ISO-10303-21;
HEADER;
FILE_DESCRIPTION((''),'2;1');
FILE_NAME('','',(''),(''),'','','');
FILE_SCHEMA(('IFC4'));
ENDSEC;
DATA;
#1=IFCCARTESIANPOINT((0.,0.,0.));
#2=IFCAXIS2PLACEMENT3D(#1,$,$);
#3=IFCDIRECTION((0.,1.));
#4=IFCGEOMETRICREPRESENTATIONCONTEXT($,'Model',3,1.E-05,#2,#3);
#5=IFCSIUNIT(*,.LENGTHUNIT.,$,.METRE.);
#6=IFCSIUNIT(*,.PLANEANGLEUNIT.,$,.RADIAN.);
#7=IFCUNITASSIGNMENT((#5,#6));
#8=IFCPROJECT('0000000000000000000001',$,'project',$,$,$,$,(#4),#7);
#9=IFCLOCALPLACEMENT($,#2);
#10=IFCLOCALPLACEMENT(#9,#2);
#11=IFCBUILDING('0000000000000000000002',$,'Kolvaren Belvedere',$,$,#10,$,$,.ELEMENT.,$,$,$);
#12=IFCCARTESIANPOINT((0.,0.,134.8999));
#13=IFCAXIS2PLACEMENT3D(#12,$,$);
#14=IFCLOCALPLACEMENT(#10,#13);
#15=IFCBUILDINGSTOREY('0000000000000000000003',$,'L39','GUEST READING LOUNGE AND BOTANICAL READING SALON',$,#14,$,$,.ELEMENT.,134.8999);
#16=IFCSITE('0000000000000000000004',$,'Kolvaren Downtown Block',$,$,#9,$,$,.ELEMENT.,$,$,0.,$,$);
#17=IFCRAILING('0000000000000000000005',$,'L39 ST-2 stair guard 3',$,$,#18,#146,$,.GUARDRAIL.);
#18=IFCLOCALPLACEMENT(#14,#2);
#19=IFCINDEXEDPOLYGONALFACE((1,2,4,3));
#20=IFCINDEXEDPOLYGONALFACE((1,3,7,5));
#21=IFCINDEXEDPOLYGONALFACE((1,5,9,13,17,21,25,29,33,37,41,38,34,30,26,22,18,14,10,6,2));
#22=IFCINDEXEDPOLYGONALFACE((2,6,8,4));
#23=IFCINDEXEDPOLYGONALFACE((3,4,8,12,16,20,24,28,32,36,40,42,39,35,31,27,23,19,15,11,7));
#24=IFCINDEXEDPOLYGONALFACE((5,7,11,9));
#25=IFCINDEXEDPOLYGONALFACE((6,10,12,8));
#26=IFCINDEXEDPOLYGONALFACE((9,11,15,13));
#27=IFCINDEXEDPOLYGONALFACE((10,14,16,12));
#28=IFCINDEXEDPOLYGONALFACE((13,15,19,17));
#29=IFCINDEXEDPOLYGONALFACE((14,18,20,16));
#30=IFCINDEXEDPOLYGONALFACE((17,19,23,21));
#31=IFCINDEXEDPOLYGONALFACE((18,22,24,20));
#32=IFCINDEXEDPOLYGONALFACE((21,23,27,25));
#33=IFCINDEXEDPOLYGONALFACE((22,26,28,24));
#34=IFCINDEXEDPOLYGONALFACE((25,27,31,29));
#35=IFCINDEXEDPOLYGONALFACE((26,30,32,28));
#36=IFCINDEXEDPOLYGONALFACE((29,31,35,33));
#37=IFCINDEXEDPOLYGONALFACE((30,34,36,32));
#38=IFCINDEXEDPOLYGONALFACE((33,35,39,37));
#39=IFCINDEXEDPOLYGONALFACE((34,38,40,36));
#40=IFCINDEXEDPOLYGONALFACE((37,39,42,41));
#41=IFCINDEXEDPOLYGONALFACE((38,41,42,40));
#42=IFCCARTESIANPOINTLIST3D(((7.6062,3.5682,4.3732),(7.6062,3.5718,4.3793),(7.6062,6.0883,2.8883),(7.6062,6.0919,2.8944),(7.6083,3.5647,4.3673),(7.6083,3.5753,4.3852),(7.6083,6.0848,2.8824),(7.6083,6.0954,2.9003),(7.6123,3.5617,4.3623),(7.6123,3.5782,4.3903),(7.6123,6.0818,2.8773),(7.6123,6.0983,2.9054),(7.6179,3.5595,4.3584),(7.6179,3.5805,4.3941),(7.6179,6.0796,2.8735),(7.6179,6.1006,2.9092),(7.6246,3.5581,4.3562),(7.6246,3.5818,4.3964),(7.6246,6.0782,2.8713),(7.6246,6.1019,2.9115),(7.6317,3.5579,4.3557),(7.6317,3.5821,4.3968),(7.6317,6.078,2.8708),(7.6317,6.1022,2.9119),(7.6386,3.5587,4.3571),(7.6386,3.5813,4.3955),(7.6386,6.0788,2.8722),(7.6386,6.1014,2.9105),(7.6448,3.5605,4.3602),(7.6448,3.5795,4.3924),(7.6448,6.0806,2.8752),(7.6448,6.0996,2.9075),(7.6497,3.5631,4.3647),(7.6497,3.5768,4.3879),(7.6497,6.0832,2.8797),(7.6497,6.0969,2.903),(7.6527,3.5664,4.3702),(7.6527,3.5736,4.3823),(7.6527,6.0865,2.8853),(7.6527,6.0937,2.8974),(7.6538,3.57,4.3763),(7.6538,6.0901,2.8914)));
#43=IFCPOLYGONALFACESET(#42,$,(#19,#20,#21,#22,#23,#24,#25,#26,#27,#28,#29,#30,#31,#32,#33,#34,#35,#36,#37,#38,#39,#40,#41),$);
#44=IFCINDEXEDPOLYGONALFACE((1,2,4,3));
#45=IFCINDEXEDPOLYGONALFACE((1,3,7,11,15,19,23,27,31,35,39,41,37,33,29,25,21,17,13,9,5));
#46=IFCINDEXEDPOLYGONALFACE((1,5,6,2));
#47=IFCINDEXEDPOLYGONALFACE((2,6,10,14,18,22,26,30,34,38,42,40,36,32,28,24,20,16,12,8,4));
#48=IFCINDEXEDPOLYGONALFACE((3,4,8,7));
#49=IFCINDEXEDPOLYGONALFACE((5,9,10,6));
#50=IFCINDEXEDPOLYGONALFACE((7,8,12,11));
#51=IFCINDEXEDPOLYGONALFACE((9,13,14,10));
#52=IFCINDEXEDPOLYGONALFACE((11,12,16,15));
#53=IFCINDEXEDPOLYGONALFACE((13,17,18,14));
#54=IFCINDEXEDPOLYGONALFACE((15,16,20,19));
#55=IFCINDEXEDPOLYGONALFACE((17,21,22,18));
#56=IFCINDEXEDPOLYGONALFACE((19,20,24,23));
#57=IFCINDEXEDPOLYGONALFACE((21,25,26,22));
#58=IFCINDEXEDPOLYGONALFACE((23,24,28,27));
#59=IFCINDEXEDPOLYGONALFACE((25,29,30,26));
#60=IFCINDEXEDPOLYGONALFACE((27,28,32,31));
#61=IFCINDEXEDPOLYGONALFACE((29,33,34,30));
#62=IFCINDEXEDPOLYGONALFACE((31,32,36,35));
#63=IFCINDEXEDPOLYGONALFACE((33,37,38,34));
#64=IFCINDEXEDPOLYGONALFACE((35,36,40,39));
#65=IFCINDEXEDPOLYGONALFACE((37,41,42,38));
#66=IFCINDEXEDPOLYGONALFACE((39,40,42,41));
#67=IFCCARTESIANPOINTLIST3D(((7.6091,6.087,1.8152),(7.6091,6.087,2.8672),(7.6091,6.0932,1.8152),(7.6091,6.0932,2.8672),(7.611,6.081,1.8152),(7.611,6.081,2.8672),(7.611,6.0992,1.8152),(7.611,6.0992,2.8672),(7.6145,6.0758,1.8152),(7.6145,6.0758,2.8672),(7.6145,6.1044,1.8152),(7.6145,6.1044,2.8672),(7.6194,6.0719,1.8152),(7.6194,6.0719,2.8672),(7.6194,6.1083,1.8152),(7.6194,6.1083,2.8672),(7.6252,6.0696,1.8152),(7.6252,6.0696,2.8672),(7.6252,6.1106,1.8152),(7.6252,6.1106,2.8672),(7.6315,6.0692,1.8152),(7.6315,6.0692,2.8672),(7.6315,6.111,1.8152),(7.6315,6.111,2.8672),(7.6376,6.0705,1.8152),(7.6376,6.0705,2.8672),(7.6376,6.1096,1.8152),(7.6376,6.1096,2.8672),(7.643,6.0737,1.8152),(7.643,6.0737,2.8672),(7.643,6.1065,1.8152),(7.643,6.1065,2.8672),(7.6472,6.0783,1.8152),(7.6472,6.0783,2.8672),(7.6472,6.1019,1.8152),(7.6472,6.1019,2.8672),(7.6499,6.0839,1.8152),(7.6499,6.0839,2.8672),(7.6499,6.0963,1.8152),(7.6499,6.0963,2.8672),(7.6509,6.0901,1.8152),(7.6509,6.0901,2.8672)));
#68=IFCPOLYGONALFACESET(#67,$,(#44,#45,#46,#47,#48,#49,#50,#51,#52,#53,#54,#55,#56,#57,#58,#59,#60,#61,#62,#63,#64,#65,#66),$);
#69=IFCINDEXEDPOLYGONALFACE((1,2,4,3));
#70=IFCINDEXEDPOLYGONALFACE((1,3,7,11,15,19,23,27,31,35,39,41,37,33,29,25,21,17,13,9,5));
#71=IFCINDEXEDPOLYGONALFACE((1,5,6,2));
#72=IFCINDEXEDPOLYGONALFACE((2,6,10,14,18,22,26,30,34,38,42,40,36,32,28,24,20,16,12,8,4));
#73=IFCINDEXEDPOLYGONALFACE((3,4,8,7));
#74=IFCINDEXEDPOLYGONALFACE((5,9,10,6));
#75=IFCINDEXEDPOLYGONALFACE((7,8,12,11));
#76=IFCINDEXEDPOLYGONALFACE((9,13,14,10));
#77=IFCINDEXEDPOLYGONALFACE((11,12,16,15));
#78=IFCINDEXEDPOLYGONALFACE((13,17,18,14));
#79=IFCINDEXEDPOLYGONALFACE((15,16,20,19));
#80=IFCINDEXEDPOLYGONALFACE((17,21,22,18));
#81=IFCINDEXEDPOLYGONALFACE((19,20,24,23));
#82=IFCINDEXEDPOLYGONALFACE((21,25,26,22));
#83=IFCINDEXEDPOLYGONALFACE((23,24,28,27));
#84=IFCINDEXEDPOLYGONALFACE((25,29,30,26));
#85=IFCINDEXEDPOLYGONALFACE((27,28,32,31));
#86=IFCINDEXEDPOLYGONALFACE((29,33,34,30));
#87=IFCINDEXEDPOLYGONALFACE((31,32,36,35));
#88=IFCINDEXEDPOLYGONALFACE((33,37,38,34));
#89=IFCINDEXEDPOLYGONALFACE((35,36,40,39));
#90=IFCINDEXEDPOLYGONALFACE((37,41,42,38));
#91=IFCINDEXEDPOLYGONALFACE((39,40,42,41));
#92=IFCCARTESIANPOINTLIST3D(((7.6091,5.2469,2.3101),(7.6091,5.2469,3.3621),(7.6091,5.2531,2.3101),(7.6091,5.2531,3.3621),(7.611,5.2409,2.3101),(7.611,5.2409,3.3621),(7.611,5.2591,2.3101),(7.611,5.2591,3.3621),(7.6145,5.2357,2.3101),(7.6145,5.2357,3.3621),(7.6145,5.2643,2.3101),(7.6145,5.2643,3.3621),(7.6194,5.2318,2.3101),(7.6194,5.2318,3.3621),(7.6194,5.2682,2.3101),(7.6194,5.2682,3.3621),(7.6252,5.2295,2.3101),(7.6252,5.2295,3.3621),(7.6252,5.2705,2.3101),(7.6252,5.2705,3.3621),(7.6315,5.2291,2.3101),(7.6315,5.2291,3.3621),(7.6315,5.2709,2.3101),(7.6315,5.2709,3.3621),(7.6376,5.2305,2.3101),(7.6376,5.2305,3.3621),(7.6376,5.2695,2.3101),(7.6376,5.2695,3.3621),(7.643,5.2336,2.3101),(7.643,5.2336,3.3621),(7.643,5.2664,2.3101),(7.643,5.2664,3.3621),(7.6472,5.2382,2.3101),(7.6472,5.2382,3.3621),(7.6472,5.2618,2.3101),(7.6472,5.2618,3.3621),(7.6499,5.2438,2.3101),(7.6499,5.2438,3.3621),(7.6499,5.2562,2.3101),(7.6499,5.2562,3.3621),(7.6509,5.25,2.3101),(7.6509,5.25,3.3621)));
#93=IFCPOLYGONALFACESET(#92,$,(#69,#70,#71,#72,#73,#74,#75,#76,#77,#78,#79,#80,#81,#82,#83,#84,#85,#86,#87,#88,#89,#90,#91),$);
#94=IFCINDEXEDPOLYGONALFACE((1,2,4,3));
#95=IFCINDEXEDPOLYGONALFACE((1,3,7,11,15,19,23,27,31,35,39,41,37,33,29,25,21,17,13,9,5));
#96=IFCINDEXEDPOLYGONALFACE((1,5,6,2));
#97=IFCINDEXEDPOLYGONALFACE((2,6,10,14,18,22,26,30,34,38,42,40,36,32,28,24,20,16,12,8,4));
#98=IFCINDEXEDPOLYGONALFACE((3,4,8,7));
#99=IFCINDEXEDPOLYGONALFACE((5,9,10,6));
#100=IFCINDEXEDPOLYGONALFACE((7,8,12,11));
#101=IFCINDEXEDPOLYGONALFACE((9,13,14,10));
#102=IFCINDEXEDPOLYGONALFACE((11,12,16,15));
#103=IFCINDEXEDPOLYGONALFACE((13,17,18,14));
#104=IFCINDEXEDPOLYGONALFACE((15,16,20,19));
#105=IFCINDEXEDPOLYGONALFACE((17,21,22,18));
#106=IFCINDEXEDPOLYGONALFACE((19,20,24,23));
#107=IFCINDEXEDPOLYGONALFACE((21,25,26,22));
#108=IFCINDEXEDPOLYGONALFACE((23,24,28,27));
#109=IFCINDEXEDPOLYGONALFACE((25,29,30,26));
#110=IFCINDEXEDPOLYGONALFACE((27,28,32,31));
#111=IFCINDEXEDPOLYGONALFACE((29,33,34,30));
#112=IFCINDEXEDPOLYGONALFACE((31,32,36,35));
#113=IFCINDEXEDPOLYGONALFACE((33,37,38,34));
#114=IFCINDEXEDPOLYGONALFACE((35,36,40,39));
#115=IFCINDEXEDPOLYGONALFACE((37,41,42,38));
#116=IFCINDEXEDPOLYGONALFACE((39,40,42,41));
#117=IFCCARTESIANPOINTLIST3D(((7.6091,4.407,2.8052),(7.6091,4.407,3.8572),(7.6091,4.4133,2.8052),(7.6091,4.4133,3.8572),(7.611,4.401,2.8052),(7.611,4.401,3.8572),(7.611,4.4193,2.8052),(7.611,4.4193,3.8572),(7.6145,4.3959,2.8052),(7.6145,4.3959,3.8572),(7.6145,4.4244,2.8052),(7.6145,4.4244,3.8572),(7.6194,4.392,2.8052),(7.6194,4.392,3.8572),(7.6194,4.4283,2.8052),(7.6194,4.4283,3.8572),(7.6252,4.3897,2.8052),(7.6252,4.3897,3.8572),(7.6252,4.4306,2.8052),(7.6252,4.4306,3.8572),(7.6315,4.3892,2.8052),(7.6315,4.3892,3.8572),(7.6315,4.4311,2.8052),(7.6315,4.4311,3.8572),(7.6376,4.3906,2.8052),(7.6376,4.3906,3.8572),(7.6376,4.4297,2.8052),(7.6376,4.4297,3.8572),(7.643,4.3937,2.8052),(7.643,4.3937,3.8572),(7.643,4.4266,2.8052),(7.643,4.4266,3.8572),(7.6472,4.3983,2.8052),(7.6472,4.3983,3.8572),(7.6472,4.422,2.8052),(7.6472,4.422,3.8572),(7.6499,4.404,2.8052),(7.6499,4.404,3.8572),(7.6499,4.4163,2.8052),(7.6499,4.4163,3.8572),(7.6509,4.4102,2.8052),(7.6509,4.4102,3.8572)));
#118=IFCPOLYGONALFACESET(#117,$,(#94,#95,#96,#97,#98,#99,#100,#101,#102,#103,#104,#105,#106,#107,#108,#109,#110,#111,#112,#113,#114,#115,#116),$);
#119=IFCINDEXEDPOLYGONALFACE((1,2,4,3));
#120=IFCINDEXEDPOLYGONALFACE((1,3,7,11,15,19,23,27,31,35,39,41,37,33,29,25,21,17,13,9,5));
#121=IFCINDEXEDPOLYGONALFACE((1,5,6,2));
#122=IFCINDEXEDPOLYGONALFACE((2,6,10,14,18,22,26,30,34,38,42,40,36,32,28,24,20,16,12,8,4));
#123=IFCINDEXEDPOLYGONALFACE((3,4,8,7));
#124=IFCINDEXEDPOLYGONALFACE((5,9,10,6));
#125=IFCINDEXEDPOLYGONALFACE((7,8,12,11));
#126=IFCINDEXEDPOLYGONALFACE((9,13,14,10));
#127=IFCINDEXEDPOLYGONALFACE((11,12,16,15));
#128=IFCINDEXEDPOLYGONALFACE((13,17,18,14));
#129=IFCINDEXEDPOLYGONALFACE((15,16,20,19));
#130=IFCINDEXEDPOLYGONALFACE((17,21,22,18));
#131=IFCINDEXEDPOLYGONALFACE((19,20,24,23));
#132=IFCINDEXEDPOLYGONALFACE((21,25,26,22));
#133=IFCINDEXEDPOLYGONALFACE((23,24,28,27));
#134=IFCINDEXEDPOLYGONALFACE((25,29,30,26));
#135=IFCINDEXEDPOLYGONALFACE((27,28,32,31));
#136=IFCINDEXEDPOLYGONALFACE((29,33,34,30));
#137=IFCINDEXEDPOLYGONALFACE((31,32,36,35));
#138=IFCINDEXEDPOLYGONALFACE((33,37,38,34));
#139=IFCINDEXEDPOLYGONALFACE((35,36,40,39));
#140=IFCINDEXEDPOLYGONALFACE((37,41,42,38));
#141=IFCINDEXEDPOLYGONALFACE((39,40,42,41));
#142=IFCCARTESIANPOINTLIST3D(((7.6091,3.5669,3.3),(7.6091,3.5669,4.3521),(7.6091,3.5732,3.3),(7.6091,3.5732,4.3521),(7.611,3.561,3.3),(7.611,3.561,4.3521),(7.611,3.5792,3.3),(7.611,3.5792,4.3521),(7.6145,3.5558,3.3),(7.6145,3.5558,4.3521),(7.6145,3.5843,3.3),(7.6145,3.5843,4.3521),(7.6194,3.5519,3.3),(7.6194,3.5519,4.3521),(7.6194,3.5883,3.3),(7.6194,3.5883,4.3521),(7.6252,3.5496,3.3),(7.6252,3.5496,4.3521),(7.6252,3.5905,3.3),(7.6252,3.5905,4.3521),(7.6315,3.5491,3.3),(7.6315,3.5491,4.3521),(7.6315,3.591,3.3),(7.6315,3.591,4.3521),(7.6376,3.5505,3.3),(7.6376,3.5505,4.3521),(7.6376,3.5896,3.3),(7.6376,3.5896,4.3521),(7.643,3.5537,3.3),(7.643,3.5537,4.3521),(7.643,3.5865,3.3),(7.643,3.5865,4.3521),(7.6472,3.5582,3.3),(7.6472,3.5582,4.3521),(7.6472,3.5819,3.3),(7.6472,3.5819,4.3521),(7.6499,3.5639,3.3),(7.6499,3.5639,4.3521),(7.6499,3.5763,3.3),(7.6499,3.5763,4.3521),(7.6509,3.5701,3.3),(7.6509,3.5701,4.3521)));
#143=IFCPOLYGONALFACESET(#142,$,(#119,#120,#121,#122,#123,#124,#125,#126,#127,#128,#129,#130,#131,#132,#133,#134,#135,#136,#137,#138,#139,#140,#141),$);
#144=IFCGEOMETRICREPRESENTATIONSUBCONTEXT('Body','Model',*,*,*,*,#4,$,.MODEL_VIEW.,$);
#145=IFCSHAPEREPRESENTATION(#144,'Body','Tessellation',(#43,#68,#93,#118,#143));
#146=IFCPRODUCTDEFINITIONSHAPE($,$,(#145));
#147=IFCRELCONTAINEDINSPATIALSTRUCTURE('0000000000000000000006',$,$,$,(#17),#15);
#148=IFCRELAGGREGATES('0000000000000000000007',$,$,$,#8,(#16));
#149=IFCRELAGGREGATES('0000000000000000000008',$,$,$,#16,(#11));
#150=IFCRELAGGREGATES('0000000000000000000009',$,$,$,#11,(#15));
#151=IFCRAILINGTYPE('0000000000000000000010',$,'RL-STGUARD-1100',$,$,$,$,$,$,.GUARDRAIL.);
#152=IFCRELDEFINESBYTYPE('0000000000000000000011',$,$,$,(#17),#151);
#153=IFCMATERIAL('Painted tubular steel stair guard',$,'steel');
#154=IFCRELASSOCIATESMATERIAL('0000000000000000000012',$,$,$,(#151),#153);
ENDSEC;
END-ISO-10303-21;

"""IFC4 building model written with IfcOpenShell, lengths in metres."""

from ifc_helpers import new_model, si_unit, direction, frame, origin, origin_2d, place, context, subcontext, project, spatial, circle, extrude, material, type_object, element, save


model = new_model("IFC4")

# Units and contexts
model_context = context("Model", 3, precision=1e-05, world=origin(), true_north=direction((0.0, 1.0)))
body_context = subcontext(model_context, "Body", "Model", "MODEL_VIEW")
ifc_project = project(units=[si_unit("LENGTHUNIT", "METRE"), si_unit("PLANEANGLEUNIT", "RADIAN")], contexts=[model_context])

# Site, building, storey
site_placement = place(None, origin())
site = spatial("IfcSite", under=ifc_project, at=site_placement, Name="Kolvaren Downtown Block", CompositionType="ELEMENT", RefElevation=0.0)
building_placement = place(site_placement, origin())
building = spatial("IfcBuilding", under=site, at=building_placement, Name="Kolvaren Belvedere", CompositionType="ELEMENT")
storey_placement = place(building_placement, frame((0.0, 0.0, 134.8999)))
storey = spatial("IfcBuildingStorey", under=building, at=storey_placement, Name="L39", Description="GUEST READING LOUNGE AND BOTANICAL READING SALON", CompositionType="ELEMENT", Elevation=134.8999)

# Railing
ifc_material_1 = material(Name="Painted tubular steel stair guard", Category="steel")
railing_type_1 = type_object("IfcRailingType", Name="RL-STGUARD-1100", PredefinedType="GUARDRAIL", material=ifc_material_1)
railing_1_placement = place(storey_placement, frame((7.6299, 6.0901, 1.8152)))
element("IfcRailing", 1, at=railing_1_placement, inside=storey, type_object=railing_type_1, Name="L39 ST-2 stair guard 3", PredefinedType="GUARDRAIL", context=body_context, shape_type="SweptSolid", body=[
    extrude(circle(Radius=0.0239, at=origin_2d()), frame((0.0, 0.0, 1.0762), z_axis=(0.0, -0.861561, 0.507655), x_axis=(1.0, 0.0, 0.0)), (0.0, 0.0, 1.0), 2.925),
    extrude(circle(Radius=0.021, at=origin_2d()), origin(), (0.0, 0.0, 1.0), 1.052),
    extrude(circle(Radius=0.021, at=origin_2d()), frame((0.0, -0.8401, 0.4949)), (0.0, 0.0, 1.0), 1.052),
    extrude(circle(Radius=0.021, at=origin_2d()), frame((0.0, -1.6799, 0.99)), (0.0, 0.0, 1.0), 1.052),
    extrude(circle(Radius=0.021, at=origin_2d()), frame((0.0, -2.52, 1.4849)), (0.0, 0.0, 1.0), 1.052),
])

save(model, "model.ifc")
